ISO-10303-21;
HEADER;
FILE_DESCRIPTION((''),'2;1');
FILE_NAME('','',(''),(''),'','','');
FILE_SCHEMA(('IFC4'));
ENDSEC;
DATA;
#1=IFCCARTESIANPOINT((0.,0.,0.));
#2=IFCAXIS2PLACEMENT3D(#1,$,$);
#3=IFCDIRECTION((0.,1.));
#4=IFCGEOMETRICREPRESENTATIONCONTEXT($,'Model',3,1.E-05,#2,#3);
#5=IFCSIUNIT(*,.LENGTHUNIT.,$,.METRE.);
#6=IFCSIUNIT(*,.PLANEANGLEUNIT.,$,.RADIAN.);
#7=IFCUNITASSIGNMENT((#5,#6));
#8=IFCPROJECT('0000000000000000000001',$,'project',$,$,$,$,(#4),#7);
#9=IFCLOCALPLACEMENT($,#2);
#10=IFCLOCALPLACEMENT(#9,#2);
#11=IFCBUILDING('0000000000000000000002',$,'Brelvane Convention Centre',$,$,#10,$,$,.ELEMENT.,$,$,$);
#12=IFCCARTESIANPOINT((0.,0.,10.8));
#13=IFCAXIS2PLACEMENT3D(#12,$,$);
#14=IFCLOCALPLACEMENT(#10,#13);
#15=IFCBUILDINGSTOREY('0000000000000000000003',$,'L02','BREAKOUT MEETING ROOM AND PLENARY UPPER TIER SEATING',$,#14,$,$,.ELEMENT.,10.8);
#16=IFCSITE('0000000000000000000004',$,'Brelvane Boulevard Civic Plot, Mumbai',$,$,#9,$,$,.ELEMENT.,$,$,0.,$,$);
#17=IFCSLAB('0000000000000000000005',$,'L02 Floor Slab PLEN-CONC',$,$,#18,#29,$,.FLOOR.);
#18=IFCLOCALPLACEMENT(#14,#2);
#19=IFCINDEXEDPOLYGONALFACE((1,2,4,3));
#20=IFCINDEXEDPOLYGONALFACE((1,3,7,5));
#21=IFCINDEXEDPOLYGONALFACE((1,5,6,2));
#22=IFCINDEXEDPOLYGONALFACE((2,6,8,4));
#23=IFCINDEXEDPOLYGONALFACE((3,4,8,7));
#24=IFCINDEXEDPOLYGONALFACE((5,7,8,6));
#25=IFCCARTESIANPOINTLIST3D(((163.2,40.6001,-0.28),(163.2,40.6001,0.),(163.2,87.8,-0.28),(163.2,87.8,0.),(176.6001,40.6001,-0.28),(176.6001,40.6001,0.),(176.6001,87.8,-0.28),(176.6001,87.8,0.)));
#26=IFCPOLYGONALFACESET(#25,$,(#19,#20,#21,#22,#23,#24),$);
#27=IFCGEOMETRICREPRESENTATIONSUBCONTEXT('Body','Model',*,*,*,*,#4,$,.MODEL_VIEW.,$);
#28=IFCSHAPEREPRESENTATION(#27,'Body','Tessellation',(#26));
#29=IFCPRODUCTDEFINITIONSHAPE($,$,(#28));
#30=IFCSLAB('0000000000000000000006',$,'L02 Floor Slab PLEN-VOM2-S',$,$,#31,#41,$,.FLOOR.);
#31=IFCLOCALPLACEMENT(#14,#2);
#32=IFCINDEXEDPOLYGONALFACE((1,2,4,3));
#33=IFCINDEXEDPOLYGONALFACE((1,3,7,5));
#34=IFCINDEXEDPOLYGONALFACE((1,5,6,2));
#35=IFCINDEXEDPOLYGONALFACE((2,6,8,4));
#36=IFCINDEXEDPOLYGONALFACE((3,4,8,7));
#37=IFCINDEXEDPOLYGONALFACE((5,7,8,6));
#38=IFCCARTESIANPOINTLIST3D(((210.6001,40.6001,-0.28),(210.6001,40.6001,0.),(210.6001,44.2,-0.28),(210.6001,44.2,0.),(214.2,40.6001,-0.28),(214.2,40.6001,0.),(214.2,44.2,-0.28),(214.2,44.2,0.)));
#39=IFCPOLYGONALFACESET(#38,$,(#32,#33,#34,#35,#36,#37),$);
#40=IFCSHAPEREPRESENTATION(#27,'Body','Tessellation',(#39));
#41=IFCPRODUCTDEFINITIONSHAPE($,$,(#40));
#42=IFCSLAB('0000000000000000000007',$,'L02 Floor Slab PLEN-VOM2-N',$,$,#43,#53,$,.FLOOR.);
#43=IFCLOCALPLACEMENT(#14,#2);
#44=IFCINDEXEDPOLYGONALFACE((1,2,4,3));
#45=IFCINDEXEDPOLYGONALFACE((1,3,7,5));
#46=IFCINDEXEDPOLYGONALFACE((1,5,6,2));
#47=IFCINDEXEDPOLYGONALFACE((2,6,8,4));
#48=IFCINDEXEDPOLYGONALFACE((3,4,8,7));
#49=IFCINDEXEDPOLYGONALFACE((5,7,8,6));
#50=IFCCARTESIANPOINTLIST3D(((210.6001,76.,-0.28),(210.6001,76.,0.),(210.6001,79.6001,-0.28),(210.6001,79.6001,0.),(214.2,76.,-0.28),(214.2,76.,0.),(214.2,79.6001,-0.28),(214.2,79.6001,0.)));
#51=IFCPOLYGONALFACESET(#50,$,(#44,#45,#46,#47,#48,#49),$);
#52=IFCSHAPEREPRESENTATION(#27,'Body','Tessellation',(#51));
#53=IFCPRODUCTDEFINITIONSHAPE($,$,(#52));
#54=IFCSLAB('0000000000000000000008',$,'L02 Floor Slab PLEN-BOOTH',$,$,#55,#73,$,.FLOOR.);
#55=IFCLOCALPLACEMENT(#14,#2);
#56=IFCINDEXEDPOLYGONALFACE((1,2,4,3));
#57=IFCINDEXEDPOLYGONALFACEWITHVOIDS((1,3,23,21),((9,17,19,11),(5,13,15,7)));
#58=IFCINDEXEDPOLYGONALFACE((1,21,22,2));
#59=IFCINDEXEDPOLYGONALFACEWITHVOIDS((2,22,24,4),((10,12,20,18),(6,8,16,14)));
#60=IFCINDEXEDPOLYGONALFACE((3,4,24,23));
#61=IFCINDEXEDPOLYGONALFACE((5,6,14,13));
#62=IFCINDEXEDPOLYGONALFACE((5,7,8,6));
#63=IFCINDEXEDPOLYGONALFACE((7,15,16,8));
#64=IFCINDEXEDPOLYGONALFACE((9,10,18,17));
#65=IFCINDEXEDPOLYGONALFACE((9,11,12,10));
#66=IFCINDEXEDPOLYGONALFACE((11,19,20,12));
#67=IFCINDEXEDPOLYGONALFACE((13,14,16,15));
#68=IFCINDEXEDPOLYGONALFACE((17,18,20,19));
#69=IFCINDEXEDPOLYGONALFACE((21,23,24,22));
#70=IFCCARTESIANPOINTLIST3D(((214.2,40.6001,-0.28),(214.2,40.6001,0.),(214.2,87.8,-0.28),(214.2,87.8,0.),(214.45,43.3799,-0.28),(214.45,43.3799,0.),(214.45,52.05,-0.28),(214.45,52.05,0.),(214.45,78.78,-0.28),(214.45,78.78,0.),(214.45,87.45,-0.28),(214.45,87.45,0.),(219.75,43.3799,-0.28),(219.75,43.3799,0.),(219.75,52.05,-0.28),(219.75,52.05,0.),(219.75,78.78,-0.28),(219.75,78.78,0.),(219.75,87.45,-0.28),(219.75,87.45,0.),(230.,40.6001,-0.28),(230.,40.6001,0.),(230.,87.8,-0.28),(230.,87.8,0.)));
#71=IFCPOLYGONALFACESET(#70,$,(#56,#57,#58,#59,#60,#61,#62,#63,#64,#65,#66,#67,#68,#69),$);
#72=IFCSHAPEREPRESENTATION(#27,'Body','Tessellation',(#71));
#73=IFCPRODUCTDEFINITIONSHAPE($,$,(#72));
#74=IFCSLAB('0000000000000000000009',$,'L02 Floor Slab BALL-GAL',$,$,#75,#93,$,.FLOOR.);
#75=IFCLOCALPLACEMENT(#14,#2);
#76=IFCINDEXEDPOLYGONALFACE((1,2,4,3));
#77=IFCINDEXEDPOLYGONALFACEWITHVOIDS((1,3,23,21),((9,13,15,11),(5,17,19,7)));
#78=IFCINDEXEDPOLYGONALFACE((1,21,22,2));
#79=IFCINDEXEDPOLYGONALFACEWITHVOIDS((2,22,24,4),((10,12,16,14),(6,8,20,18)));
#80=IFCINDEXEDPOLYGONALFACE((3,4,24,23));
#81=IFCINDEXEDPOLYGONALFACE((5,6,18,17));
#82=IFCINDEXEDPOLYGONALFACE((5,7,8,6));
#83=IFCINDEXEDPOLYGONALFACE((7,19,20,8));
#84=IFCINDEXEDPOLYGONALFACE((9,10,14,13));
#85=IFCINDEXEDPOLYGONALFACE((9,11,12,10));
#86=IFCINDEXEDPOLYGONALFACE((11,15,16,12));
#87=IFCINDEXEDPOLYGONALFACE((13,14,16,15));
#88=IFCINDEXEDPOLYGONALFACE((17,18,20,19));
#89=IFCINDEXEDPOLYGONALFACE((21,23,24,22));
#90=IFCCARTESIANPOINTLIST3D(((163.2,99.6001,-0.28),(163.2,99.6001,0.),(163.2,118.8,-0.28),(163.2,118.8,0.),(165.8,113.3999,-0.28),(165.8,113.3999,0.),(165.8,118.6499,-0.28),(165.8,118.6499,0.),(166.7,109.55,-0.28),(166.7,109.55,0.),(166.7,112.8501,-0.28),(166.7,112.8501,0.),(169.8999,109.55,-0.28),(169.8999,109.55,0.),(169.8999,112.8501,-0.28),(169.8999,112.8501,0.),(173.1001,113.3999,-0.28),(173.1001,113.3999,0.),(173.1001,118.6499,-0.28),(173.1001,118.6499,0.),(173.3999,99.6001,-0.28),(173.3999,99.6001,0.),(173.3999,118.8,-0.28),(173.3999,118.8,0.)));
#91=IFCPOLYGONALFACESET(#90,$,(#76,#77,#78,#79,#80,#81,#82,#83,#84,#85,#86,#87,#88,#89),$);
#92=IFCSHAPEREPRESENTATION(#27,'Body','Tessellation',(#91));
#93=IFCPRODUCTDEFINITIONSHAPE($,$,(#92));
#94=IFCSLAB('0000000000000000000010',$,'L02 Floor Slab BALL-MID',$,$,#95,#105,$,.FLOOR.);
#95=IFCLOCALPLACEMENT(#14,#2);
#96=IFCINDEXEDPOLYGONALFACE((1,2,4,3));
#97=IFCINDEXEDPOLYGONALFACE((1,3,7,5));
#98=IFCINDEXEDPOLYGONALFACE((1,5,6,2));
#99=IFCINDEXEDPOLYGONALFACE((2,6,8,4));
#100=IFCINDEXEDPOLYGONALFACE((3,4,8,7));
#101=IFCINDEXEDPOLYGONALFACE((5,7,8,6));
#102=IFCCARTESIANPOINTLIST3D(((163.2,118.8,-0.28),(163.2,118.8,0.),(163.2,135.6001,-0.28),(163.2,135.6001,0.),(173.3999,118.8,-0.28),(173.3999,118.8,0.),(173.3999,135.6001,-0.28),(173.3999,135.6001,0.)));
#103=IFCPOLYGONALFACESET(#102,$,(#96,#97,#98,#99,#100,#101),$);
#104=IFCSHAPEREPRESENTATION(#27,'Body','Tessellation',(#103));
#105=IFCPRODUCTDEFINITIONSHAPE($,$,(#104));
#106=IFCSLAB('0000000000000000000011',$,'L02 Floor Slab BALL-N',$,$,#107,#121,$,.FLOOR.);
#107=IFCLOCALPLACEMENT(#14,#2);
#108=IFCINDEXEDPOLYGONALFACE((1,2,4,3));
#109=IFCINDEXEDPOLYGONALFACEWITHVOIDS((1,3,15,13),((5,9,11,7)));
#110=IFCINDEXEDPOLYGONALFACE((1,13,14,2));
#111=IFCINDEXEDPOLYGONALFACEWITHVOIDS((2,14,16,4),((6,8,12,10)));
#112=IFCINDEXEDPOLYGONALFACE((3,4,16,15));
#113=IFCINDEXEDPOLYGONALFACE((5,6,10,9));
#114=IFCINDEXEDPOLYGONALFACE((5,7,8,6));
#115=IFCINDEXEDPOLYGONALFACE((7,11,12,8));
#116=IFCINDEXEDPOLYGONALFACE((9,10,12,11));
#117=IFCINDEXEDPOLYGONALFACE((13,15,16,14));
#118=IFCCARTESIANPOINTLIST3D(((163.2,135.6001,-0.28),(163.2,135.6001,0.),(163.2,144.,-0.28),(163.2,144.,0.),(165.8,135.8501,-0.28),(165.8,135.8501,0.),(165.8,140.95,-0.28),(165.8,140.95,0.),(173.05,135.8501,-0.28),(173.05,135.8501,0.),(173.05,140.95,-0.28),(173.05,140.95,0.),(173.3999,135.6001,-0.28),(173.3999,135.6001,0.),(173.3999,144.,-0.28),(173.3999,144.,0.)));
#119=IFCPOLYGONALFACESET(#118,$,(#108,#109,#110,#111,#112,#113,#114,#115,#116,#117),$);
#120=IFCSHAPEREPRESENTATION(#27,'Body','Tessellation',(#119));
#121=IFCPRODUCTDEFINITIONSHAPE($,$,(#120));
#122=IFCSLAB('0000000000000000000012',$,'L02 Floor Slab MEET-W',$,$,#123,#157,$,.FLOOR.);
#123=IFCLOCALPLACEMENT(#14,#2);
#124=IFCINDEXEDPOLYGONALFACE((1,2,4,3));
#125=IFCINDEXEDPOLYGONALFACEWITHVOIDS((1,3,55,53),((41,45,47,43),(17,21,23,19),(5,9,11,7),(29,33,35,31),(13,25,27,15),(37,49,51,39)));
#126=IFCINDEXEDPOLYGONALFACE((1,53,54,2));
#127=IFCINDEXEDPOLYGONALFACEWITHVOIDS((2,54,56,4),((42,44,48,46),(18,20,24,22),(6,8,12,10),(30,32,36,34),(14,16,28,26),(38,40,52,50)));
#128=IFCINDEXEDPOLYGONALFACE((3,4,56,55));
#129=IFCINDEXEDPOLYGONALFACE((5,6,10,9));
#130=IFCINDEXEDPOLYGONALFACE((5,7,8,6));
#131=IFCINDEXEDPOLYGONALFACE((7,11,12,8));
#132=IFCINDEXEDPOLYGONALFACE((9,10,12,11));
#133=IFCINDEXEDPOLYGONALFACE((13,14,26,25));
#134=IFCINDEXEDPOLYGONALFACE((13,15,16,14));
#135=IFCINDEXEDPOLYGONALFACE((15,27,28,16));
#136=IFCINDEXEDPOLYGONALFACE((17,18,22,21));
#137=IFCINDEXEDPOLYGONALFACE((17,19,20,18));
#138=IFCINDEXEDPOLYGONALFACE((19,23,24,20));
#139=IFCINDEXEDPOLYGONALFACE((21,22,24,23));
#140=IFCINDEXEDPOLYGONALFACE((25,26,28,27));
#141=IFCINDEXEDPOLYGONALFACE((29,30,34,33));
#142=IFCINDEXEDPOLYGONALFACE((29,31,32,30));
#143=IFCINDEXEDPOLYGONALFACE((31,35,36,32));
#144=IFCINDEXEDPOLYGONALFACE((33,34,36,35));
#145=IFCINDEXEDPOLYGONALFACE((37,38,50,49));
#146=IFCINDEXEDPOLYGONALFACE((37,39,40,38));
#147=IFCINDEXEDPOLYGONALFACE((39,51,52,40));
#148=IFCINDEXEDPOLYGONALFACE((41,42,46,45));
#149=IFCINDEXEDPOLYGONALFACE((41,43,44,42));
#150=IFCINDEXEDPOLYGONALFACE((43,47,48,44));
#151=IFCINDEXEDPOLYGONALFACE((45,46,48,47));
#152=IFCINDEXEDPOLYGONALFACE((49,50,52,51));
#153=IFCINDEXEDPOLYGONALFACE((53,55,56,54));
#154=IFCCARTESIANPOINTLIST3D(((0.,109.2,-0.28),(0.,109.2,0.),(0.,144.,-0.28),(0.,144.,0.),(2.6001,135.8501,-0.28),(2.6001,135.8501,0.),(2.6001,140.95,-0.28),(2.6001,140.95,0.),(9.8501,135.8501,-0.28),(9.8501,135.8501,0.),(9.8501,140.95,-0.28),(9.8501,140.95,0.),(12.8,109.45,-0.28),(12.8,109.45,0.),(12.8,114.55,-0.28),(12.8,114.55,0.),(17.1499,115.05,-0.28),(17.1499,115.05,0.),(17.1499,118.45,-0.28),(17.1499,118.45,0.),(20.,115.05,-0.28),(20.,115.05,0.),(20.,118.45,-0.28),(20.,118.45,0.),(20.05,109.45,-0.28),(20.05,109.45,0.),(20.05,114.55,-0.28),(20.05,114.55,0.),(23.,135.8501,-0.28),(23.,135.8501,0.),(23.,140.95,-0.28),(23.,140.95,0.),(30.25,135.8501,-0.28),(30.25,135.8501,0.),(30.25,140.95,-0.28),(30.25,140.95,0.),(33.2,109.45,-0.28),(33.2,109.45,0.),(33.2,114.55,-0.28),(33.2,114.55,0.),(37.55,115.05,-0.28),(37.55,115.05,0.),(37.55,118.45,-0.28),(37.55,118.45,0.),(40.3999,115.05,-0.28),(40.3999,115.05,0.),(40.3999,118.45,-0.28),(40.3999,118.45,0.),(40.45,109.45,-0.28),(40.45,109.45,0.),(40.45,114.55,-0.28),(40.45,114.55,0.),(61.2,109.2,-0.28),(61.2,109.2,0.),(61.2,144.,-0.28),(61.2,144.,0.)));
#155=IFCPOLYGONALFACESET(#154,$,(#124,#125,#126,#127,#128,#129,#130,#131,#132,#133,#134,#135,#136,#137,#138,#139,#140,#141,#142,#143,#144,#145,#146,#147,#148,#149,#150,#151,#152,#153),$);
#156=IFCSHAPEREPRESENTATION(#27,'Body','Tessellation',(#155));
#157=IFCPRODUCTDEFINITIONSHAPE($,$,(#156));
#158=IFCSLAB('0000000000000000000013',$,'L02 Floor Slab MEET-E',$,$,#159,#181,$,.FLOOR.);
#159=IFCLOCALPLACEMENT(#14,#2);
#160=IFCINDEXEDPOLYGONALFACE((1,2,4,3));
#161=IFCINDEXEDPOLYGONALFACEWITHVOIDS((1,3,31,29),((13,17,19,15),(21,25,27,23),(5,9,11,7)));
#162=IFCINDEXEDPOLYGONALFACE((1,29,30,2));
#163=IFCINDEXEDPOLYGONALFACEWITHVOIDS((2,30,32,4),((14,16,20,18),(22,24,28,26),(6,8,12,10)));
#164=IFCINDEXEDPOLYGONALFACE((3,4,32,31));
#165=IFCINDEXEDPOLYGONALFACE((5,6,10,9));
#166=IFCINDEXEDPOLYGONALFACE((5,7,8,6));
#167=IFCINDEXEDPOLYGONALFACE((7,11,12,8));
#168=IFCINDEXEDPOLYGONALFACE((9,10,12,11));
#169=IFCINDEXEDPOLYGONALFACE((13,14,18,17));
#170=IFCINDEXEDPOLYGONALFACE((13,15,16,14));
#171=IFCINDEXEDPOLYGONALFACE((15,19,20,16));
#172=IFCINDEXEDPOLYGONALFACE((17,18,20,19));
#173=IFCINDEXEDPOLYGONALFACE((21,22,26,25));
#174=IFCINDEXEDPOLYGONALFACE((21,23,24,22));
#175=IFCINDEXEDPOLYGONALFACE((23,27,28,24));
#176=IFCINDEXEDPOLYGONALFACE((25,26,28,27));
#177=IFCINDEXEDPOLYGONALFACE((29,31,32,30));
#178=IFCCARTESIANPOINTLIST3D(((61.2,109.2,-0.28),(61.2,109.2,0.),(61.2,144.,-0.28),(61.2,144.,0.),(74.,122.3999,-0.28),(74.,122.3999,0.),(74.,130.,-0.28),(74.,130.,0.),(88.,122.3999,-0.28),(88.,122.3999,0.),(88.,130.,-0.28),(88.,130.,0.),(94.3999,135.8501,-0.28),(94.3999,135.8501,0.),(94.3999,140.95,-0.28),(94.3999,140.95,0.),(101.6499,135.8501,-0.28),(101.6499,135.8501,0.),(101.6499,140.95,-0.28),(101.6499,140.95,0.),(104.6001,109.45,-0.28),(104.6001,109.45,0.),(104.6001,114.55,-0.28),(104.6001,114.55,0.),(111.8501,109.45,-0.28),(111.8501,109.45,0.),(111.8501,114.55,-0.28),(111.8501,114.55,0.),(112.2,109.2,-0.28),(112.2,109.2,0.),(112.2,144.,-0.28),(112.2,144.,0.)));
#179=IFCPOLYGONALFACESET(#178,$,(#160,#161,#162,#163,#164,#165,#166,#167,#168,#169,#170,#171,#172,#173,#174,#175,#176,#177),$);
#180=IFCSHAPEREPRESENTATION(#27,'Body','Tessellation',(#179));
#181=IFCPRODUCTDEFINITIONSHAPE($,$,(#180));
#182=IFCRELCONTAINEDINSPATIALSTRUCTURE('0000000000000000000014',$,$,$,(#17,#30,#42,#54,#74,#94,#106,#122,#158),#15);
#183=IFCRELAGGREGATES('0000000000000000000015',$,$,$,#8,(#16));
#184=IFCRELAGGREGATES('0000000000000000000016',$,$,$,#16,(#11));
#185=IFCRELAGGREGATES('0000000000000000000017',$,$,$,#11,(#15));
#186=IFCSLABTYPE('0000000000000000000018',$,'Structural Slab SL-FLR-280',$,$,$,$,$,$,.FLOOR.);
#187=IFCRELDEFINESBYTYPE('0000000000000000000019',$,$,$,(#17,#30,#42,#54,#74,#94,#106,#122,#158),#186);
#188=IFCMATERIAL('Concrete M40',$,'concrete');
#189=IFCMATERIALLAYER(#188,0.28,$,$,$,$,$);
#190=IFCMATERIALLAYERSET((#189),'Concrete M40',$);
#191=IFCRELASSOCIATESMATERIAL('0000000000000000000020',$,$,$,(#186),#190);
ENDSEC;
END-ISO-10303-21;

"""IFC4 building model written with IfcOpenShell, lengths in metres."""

from ifc_helpers import new_model, si_unit, direction, frame, origin, place, context, subcontext, project, spatial, polyline, outline, extrude, material, layer, layer_set, type_object, element, save


model = new_model("IFC4")

# Units and contexts
model_context = context("Model", 3, precision=1e-05, world=origin(), true_north=direction((0.0, 1.0)))
body_context = subcontext(model_context, "Body", "Model", "MODEL_VIEW")
ifc_project = project(units=[si_unit("LENGTHUNIT", "METRE"), si_unit("PLANEANGLEUNIT", "RADIAN")], contexts=[model_context])

# Site, building, storey
site_placement = place(None, origin())
site = spatial("IfcSite", under=ifc_project, at=site_placement, Name="Brelvane Boulevard Civic Plot, Mumbai", CompositionType="ELEMENT", RefElevation=0.0)
building_placement = place(site_placement, origin())
building = spatial("IfcBuilding", under=site, at=building_placement, Name="Brelvane Convention Centre", CompositionType="ELEMENT")
storey_placement = place(building_placement, frame((0.0, 0.0, 10.8)))
storey = spatial("IfcBuildingStorey", under=building, at=storey_placement, Name="L02", Description="BREAKOUT MEETING ROOM AND PLENARY UPPER TIER SEATING", CompositionType="ELEMENT", Elevation=10.8)

# Slabs
ifc_material_1 = material(Name="Concrete M40", Category="concrete")
ifc_layer_1 = layer(ifc_material_1, 0.28)
ifc_layer_set_1 = layer_set([ifc_layer_1], Name="Concrete M40")
slab_type_1 = type_object("IfcSlabType", Name="Structural Slab SL-FLR-280", PredefinedType="FLOOR", material=ifc_layer_set_1)
slab_1_placement = place(storey_placement, frame((0.0, 0.0, -0.28)))
element("IfcSlab", 1, at=slab_1_placement, inside=storey, type_object=slab_type_1, Name="L02 Floor Slab PLEN-CONC", PredefinedType="FLOOR", context=body_context, shape_type="SweptSolid", body=[
    extrude(outline(polyline([(163.2, 40.6001), (176.6001, 40.6001), (176.6001, 87.8), (163.2, 87.8), (163.2, 40.6001)])), origin(), (0.0, 0.0, 1.0), 0.28),
])
slab_2_placement = place(storey_placement, frame((0.0, 0.0, -0.28)))
element("IfcSlab", 2, at=slab_2_placement, inside=storey, type_object=slab_type_1, Name="L02 Floor Slab PLEN-VOM2-S", PredefinedType="FLOOR", context=body_context, shape_type="SweptSolid", body=[
    extrude(outline(polyline([(210.6001, 40.6001), (214.2, 40.6001), (214.2, 44.2), (210.6001, 44.2), (210.6001, 40.6001)])), origin(), (0.0, 0.0, 1.0), 0.28),
])
slab_3_placement = place(storey_placement, frame((0.0, 0.0, -0.28)))
element("IfcSlab", 3, at=slab_3_placement, inside=storey, type_object=slab_type_1, Name="L02 Floor Slab PLEN-VOM2-N", PredefinedType="FLOOR", context=body_context, shape_type="SweptSolid", body=[
    extrude(outline(polyline([(210.6001, 76.0), (214.2, 76.0), (214.2, 79.6001), (210.6001, 79.6001), (210.6001, 76.0)])), origin(), (0.0, 0.0, 1.0), 0.28),
])
slab_4_placement = place(storey_placement, frame((0.0, 0.0, -0.28)))
element("IfcSlab", 4, at=slab_4_placement, inside=storey, type_object=slab_type_1, Name="L02 Floor Slab PLEN-BOOTH", PredefinedType="FLOOR", context=body_context, shape_type="SweptSolid", body=[
    extrude(outline(polyline([(214.2, 40.6001), (230.0, 40.6001), (230.0, 87.8), (214.2, 87.8), (214.2, 40.6001)]), holes=[polyline([(214.45, 43.3799), (219.75, 43.3799), (219.75, 52.05), (214.45, 52.05), (214.45, 43.3799)]), polyline([(214.45, 78.78), (219.75, 78.78), (219.75, 87.45), (214.45, 87.45), (214.45, 78.78)])]), origin(), (0.0, 0.0, 1.0), 0.28),
])
slab_5_placement = place(storey_placement, frame((0.0, 0.0, -0.28)))
element("IfcSlab", 5, at=slab_5_placement, inside=storey, type_object=slab_type_1, Name="L02 Floor Slab BALL-GAL", PredefinedType="FLOOR", context=body_context, shape_type="SweptSolid", body=[
    extrude(outline(polyline([(163.2, 99.6001), (173.3999, 99.6001), (173.3999, 118.8), (163.2, 118.8), (163.2, 99.6001)]), holes=[polyline([(165.8, 113.3999), (173.1001, 113.3999), (173.1001, 118.6499), (165.8, 118.6499), (165.8, 113.3999)]), polyline([(166.7, 109.55), (169.8999, 109.55), (169.8999, 112.8501), (166.7, 112.8501), (166.7, 109.55)])]), origin(), (0.0, 0.0, 1.0), 0.28),
])
slab_6_placement = place(storey_placement, frame((0.0, 0.0, -0.28)))
element("IfcSlab", 6, at=slab_6_placement, inside=storey, type_object=slab_type_1, Name="L02 Floor Slab BALL-MID", PredefinedType="FLOOR", context=body_context, shape_type="SweptSolid", body=[
    extrude(outline(polyline([(163.2, 118.8), (173.3999, 118.8), (173.3999, 135.6001), (163.2, 135.6001), (163.2, 118.8)])), origin(), (0.0, 0.0, 1.0), 0.28),
])
slab_7_placement = place(storey_placement, frame((0.0, 0.0, -0.28)))
element("IfcSlab", 7, at=slab_7_placement, inside=storey, type_object=slab_type_1, Name="L02 Floor Slab BALL-N", PredefinedType="FLOOR", context=body_context, shape_type="SweptSolid", body=[
    extrude(outline(polyline([(163.2, 135.6001), (173.3999, 135.6001), (173.3999, 144.0), (163.2, 144.0), (163.2, 135.6001)]), holes=[polyline([(165.8, 135.8501), (173.05, 135.8501), (173.05, 140.95), (165.8, 140.95), (165.8, 135.8501)])]), origin(), (0.0, 0.0, 1.0), 0.28),
])
slab_8_placement = place(storey_placement, frame((0.0, 0.0, -0.28)))
element("IfcSlab", 8, at=slab_8_placement, inside=storey, type_object=slab_type_1, Name="L02 Floor Slab MEET-W", PredefinedType="FLOOR", context=body_context, shape_type="SweptSolid", body=[
    extrude(outline(polyline([(0.0, 109.2), (61.2, 109.2), (61.2, 144.0), (0.0, 144.0), (0.0, 109.2)]), holes=[polyline([(12.8, 109.45), (20.05, 109.45), (20.05, 114.55), (12.8, 114.55), (12.8, 109.45)]), polyline([(17.1499, 115.05), (20.0, 115.05), (20.0, 118.45), (17.1499, 118.45), (17.1499, 115.05)]), polyline([(33.2, 109.45), (40.45, 109.45), (40.45, 114.55), (33.2, 114.55), (33.2, 109.45)]), polyline([(37.55, 115.05), (40.3999, 115.05), (40.3999, 118.45), (37.55, 118.45), (37.55, 115.05)]), polyline([(23.0, 135.8501), (30.25, 135.8501), (30.25, 140.95), (23.0, 140.95), (23.0, 135.8501)]), polyline([(2.6001, 135.8501), (9.8501, 135.8501), (9.8501, 140.95), (2.6001, 140.95), (2.6001, 135.8501)])]), origin(), (0.0, 0.0, 1.0), 0.28),
])
slab_9_placement = place(storey_placement, frame((0.0, 0.0, -0.28)))
element("IfcSlab", 9, at=slab_9_placement, inside=storey, type_object=slab_type_1, Name="L02 Floor Slab MEET-E", PredefinedType="FLOOR", context=body_context, shape_type="SweptSolid", body=[
    extrude(outline(polyline([(61.2, 109.2), (112.2, 109.2), (112.2, 144.0), (61.2, 144.0), (61.2, 109.2)]), holes=[polyline([(94.3999, 135.8501), (101.6499, 135.8501), (101.6499, 140.95), (94.3999, 140.95), (94.3999, 135.8501)]), polyline([(104.6001, 109.45), (111.8501, 109.45), (111.8501, 114.55), (104.6001, 114.55), (104.6001, 109.45)]), polyline([(74.0, 122.3999), (88.0, 122.3999), (88.0, 130.0), (74.0, 130.0), (74.0, 122.3999)])]), origin(), (0.0, 0.0, 1.0), 0.28),
])

save(model, "model.ifc")
